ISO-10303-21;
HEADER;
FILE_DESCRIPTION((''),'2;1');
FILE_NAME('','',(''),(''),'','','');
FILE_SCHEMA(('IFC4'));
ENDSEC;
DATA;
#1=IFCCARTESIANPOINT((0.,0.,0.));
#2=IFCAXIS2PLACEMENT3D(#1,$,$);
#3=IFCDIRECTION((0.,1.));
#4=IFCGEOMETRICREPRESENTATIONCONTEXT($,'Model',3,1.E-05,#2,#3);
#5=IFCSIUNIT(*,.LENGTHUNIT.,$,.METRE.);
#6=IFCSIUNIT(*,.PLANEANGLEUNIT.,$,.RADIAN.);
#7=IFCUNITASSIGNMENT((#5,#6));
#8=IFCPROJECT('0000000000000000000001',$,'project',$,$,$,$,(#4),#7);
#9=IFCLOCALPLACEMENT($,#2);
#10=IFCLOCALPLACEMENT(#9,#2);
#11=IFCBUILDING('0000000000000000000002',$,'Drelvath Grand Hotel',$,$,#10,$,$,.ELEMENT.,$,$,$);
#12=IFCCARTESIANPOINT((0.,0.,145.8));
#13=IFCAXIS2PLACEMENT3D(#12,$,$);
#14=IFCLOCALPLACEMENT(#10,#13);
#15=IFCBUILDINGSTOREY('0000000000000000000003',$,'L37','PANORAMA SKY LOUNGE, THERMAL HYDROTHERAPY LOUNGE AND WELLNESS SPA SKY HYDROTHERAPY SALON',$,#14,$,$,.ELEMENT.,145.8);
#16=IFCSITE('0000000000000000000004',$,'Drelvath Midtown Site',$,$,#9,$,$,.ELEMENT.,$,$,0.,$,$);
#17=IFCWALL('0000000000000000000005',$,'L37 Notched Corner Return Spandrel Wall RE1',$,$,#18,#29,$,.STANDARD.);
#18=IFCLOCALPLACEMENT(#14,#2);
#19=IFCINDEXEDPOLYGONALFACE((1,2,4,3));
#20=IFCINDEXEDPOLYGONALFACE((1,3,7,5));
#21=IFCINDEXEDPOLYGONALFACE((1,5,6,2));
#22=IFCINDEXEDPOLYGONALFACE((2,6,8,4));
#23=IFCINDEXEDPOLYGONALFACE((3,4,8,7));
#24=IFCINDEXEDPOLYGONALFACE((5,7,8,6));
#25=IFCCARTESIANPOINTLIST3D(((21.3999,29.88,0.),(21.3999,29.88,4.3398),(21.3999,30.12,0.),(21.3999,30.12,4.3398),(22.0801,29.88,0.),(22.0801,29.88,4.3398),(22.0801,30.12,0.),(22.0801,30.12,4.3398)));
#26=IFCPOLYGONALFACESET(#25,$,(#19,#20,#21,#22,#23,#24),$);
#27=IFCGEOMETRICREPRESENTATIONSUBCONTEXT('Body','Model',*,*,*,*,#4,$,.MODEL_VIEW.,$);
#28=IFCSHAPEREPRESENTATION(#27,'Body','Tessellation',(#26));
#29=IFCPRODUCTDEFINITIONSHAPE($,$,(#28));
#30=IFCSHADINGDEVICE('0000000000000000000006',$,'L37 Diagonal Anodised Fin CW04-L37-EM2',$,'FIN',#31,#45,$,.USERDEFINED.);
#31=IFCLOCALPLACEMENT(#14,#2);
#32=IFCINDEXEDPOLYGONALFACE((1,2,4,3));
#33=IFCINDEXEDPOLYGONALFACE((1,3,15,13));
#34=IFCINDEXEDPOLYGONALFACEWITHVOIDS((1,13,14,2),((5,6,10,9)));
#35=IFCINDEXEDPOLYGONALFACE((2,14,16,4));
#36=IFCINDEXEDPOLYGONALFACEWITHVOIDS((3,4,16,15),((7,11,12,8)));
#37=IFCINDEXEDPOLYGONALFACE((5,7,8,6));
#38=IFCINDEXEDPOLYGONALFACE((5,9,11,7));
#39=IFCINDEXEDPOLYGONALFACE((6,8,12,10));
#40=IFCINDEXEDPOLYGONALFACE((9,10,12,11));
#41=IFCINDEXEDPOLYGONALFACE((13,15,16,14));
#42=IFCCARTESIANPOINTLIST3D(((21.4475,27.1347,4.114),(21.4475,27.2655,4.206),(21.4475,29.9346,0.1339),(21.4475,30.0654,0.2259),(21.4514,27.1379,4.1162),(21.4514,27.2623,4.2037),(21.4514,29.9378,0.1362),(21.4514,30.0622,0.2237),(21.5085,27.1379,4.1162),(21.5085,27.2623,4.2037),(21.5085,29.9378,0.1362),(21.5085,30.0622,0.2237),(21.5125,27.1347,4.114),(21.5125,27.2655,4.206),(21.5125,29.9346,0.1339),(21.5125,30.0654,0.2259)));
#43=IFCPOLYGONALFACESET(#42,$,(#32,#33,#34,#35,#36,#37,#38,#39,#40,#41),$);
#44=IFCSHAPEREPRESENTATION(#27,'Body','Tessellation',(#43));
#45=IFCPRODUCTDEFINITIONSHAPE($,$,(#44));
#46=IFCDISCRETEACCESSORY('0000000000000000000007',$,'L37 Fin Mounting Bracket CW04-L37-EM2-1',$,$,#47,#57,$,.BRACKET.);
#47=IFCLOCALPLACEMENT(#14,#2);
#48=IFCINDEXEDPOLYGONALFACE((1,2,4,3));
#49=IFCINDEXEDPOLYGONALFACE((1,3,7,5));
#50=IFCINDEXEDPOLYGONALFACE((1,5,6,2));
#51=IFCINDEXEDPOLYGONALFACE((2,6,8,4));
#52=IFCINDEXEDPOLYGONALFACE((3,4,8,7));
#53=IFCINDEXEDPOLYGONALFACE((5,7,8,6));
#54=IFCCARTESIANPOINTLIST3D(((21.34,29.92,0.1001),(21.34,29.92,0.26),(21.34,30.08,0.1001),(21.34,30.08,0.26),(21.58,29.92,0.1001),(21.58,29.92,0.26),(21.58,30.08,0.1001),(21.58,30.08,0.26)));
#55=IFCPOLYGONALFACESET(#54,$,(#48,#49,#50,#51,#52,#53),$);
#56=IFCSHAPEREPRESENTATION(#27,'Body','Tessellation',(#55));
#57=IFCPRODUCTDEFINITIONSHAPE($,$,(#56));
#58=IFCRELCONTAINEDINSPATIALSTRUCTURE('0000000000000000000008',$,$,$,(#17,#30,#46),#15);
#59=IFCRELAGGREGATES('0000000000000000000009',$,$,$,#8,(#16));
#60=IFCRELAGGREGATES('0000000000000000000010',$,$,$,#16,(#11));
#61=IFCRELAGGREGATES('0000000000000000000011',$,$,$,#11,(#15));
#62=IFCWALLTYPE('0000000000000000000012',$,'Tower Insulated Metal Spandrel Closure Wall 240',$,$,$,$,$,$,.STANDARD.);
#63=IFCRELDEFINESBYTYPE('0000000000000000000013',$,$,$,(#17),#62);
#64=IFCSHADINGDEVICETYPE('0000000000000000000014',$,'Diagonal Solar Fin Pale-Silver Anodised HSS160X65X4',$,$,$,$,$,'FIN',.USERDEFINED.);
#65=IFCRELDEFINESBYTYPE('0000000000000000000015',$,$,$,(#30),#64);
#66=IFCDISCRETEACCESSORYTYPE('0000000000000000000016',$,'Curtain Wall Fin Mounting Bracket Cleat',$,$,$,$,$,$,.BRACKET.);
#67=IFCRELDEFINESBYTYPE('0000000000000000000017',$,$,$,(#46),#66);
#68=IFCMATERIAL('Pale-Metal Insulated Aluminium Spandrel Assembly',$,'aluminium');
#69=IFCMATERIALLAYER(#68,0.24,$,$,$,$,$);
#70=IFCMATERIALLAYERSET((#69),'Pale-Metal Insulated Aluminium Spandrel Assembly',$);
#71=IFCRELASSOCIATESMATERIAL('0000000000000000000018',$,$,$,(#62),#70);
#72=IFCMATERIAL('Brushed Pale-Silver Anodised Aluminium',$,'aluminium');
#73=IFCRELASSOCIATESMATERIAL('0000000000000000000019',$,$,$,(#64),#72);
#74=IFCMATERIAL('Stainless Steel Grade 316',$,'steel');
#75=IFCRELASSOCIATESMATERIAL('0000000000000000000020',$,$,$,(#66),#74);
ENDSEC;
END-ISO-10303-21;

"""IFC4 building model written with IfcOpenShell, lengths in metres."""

from ifc_helpers import new_model, si_unit, direction, frame, frame_2d, origin, origin_2d, place, context, subcontext, project, spatial, rectangle, hollow_rectangle, extrude, material, layer, layer_set, material_profile, profile_set, type_object, element, save


model = new_model("IFC4")

# Units and contexts
model_context = context("Model", 3, precision=1e-05, world=origin(), true_north=direction((0.0, 1.0)))
body_context = subcontext(model_context, "Body", "Model", "MODEL_VIEW")
ifc_project = project(units=[si_unit("LENGTHUNIT", "METRE"), si_unit("PLANEANGLEUNIT", "RADIAN")], contexts=[model_context])

# Site, building, storey
site_placement = place(None, origin())
site = spatial("IfcSite", under=ifc_project, at=site_placement, Name="Drelvath Midtown Site", CompositionType="ELEMENT", RefElevation=0.0)
building_placement = place(site_placement, origin())
building = spatial("IfcBuilding", under=site, at=building_placement, Name="Drelvath Grand Hotel", CompositionType="ELEMENT")
storey_placement = place(building_placement, frame((0.0, 0.0, 145.8)))
storey = spatial("IfcBuildingStorey", under=building, at=storey_placement, Name="L37", Description="PANORAMA SKY LOUNGE, THERMAL HYDROTHERAPY LOUNGE AND WELLNESS SPA SKY HYDROTHERAPY SALON", CompositionType="ELEMENT", Elevation=145.8)

# Wall
ifc_material_1 = material(Name="Pale-Metal Insulated Aluminium Spandrel Assembly", Category="aluminium")
ifc_layer_1 = layer(ifc_material_1, 0.24)
ifc_layer_set_1 = layer_set([ifc_layer_1], Name="Pale-Metal Insulated Aluminium Spandrel Assembly")
wall_type = type_object("IfcWallType", Name="Tower Insulated Metal Spandrel Closure Wall 240", PredefinedType="STANDARD", material=ifc_layer_set_1)
wall_placement = place(storey_placement, frame((22.0801, 30.0, 0.0), z_axis=(0.0, 0.0, 1.0), x_axis=(-1.0, 0.0, 0.0)))
element("IfcWall", 1, at=wall_placement, inside=storey, type_object=wall_type, Name="L37 Notched Corner Return Spandrel Wall RE1", PredefinedType="STANDARD", context=body_context, shape_type="SweptSolid", body=[
    extrude(rectangle(XDim=0.6802, YDim=0.24, at=frame_2d((0.3401, 0.0))), origin(), (0.0, 0.0, 1.0), 4.3398),
])

# Shading device
ifc_material_2 = material(Name="Brushed Pale-Silver Anodised Aluminium", Category="aluminium")
ifc_material_profile_1 = material_profile(ifc_material_2, hollow_rectangle(XDim=0.0649, YDim=0.1599, WallThickness=0.0039, at=origin_2d()), Name="HSS160X65X4")
ifc_profile_set_1 = profile_set([ifc_material_profile_1], Name="Brushed Pale-Silver Anodised Aluminium")
shading_device_type = type_object("IfcShadingDeviceType", Name="Diagonal Solar Fin Pale-Silver Anodised HSS160X65X4", ElementType="FIN", PredefinedType="USERDEFINED", material=ifc_profile_set_1)
shading_device_placement = place(storey_placement, frame((21.48, 30.0, 0.1799), z_axis=(0.0, -0.575367, 0.817896), x_axis=(1.0, 0.0, 0.0)))
element("IfcShadingDevice", 2, at=shading_device_placement, inside=storey, type_object=shading_device_type, Name="L37 Diagonal Anodised Fin CW04-L37-EM2", ObjectType="FIN", PredefinedType="USERDEFINED", context=body_context, shape_type="SweptSolid", body=[
    extrude(hollow_rectangle(XDim=0.0649, YDim=0.1599, WallThickness=0.0039, at=origin_2d()), origin(), (0.0, 0.0, 1.0), 4.8662),
])

# Discrete accessory
ifc_material_3 = material(Name="Stainless Steel Grade 316", Category="steel")
discrete_accessory_type = type_object("IfcDiscreteAccessoryType", Name="Curtain Wall Fin Mounting Bracket Cleat", PredefinedType="BRACKET", material=ifc_material_3)
discrete_accessory_placement = place(storey_placement, frame((21.46, 30.0, 0.1001), z_axis=(0.0, 0.0, 1.0), x_axis=(0.0, -1.0, 0.0)))
element("IfcDiscreteAccessory", 3, at=discrete_accessory_placement, inside=storey, type_object=discrete_accessory_type, Name="L37 Fin Mounting Bracket CW04-L37-EM2-1", PredefinedType="BRACKET", context=body_context, shape_type="SweptSolid", body=[
    extrude(rectangle(XDim=0.1599, YDim=0.24, at=origin_2d()), origin(), (0.0, 0.0, 1.0), 0.1599),
])

save(model, "model.ifc")
